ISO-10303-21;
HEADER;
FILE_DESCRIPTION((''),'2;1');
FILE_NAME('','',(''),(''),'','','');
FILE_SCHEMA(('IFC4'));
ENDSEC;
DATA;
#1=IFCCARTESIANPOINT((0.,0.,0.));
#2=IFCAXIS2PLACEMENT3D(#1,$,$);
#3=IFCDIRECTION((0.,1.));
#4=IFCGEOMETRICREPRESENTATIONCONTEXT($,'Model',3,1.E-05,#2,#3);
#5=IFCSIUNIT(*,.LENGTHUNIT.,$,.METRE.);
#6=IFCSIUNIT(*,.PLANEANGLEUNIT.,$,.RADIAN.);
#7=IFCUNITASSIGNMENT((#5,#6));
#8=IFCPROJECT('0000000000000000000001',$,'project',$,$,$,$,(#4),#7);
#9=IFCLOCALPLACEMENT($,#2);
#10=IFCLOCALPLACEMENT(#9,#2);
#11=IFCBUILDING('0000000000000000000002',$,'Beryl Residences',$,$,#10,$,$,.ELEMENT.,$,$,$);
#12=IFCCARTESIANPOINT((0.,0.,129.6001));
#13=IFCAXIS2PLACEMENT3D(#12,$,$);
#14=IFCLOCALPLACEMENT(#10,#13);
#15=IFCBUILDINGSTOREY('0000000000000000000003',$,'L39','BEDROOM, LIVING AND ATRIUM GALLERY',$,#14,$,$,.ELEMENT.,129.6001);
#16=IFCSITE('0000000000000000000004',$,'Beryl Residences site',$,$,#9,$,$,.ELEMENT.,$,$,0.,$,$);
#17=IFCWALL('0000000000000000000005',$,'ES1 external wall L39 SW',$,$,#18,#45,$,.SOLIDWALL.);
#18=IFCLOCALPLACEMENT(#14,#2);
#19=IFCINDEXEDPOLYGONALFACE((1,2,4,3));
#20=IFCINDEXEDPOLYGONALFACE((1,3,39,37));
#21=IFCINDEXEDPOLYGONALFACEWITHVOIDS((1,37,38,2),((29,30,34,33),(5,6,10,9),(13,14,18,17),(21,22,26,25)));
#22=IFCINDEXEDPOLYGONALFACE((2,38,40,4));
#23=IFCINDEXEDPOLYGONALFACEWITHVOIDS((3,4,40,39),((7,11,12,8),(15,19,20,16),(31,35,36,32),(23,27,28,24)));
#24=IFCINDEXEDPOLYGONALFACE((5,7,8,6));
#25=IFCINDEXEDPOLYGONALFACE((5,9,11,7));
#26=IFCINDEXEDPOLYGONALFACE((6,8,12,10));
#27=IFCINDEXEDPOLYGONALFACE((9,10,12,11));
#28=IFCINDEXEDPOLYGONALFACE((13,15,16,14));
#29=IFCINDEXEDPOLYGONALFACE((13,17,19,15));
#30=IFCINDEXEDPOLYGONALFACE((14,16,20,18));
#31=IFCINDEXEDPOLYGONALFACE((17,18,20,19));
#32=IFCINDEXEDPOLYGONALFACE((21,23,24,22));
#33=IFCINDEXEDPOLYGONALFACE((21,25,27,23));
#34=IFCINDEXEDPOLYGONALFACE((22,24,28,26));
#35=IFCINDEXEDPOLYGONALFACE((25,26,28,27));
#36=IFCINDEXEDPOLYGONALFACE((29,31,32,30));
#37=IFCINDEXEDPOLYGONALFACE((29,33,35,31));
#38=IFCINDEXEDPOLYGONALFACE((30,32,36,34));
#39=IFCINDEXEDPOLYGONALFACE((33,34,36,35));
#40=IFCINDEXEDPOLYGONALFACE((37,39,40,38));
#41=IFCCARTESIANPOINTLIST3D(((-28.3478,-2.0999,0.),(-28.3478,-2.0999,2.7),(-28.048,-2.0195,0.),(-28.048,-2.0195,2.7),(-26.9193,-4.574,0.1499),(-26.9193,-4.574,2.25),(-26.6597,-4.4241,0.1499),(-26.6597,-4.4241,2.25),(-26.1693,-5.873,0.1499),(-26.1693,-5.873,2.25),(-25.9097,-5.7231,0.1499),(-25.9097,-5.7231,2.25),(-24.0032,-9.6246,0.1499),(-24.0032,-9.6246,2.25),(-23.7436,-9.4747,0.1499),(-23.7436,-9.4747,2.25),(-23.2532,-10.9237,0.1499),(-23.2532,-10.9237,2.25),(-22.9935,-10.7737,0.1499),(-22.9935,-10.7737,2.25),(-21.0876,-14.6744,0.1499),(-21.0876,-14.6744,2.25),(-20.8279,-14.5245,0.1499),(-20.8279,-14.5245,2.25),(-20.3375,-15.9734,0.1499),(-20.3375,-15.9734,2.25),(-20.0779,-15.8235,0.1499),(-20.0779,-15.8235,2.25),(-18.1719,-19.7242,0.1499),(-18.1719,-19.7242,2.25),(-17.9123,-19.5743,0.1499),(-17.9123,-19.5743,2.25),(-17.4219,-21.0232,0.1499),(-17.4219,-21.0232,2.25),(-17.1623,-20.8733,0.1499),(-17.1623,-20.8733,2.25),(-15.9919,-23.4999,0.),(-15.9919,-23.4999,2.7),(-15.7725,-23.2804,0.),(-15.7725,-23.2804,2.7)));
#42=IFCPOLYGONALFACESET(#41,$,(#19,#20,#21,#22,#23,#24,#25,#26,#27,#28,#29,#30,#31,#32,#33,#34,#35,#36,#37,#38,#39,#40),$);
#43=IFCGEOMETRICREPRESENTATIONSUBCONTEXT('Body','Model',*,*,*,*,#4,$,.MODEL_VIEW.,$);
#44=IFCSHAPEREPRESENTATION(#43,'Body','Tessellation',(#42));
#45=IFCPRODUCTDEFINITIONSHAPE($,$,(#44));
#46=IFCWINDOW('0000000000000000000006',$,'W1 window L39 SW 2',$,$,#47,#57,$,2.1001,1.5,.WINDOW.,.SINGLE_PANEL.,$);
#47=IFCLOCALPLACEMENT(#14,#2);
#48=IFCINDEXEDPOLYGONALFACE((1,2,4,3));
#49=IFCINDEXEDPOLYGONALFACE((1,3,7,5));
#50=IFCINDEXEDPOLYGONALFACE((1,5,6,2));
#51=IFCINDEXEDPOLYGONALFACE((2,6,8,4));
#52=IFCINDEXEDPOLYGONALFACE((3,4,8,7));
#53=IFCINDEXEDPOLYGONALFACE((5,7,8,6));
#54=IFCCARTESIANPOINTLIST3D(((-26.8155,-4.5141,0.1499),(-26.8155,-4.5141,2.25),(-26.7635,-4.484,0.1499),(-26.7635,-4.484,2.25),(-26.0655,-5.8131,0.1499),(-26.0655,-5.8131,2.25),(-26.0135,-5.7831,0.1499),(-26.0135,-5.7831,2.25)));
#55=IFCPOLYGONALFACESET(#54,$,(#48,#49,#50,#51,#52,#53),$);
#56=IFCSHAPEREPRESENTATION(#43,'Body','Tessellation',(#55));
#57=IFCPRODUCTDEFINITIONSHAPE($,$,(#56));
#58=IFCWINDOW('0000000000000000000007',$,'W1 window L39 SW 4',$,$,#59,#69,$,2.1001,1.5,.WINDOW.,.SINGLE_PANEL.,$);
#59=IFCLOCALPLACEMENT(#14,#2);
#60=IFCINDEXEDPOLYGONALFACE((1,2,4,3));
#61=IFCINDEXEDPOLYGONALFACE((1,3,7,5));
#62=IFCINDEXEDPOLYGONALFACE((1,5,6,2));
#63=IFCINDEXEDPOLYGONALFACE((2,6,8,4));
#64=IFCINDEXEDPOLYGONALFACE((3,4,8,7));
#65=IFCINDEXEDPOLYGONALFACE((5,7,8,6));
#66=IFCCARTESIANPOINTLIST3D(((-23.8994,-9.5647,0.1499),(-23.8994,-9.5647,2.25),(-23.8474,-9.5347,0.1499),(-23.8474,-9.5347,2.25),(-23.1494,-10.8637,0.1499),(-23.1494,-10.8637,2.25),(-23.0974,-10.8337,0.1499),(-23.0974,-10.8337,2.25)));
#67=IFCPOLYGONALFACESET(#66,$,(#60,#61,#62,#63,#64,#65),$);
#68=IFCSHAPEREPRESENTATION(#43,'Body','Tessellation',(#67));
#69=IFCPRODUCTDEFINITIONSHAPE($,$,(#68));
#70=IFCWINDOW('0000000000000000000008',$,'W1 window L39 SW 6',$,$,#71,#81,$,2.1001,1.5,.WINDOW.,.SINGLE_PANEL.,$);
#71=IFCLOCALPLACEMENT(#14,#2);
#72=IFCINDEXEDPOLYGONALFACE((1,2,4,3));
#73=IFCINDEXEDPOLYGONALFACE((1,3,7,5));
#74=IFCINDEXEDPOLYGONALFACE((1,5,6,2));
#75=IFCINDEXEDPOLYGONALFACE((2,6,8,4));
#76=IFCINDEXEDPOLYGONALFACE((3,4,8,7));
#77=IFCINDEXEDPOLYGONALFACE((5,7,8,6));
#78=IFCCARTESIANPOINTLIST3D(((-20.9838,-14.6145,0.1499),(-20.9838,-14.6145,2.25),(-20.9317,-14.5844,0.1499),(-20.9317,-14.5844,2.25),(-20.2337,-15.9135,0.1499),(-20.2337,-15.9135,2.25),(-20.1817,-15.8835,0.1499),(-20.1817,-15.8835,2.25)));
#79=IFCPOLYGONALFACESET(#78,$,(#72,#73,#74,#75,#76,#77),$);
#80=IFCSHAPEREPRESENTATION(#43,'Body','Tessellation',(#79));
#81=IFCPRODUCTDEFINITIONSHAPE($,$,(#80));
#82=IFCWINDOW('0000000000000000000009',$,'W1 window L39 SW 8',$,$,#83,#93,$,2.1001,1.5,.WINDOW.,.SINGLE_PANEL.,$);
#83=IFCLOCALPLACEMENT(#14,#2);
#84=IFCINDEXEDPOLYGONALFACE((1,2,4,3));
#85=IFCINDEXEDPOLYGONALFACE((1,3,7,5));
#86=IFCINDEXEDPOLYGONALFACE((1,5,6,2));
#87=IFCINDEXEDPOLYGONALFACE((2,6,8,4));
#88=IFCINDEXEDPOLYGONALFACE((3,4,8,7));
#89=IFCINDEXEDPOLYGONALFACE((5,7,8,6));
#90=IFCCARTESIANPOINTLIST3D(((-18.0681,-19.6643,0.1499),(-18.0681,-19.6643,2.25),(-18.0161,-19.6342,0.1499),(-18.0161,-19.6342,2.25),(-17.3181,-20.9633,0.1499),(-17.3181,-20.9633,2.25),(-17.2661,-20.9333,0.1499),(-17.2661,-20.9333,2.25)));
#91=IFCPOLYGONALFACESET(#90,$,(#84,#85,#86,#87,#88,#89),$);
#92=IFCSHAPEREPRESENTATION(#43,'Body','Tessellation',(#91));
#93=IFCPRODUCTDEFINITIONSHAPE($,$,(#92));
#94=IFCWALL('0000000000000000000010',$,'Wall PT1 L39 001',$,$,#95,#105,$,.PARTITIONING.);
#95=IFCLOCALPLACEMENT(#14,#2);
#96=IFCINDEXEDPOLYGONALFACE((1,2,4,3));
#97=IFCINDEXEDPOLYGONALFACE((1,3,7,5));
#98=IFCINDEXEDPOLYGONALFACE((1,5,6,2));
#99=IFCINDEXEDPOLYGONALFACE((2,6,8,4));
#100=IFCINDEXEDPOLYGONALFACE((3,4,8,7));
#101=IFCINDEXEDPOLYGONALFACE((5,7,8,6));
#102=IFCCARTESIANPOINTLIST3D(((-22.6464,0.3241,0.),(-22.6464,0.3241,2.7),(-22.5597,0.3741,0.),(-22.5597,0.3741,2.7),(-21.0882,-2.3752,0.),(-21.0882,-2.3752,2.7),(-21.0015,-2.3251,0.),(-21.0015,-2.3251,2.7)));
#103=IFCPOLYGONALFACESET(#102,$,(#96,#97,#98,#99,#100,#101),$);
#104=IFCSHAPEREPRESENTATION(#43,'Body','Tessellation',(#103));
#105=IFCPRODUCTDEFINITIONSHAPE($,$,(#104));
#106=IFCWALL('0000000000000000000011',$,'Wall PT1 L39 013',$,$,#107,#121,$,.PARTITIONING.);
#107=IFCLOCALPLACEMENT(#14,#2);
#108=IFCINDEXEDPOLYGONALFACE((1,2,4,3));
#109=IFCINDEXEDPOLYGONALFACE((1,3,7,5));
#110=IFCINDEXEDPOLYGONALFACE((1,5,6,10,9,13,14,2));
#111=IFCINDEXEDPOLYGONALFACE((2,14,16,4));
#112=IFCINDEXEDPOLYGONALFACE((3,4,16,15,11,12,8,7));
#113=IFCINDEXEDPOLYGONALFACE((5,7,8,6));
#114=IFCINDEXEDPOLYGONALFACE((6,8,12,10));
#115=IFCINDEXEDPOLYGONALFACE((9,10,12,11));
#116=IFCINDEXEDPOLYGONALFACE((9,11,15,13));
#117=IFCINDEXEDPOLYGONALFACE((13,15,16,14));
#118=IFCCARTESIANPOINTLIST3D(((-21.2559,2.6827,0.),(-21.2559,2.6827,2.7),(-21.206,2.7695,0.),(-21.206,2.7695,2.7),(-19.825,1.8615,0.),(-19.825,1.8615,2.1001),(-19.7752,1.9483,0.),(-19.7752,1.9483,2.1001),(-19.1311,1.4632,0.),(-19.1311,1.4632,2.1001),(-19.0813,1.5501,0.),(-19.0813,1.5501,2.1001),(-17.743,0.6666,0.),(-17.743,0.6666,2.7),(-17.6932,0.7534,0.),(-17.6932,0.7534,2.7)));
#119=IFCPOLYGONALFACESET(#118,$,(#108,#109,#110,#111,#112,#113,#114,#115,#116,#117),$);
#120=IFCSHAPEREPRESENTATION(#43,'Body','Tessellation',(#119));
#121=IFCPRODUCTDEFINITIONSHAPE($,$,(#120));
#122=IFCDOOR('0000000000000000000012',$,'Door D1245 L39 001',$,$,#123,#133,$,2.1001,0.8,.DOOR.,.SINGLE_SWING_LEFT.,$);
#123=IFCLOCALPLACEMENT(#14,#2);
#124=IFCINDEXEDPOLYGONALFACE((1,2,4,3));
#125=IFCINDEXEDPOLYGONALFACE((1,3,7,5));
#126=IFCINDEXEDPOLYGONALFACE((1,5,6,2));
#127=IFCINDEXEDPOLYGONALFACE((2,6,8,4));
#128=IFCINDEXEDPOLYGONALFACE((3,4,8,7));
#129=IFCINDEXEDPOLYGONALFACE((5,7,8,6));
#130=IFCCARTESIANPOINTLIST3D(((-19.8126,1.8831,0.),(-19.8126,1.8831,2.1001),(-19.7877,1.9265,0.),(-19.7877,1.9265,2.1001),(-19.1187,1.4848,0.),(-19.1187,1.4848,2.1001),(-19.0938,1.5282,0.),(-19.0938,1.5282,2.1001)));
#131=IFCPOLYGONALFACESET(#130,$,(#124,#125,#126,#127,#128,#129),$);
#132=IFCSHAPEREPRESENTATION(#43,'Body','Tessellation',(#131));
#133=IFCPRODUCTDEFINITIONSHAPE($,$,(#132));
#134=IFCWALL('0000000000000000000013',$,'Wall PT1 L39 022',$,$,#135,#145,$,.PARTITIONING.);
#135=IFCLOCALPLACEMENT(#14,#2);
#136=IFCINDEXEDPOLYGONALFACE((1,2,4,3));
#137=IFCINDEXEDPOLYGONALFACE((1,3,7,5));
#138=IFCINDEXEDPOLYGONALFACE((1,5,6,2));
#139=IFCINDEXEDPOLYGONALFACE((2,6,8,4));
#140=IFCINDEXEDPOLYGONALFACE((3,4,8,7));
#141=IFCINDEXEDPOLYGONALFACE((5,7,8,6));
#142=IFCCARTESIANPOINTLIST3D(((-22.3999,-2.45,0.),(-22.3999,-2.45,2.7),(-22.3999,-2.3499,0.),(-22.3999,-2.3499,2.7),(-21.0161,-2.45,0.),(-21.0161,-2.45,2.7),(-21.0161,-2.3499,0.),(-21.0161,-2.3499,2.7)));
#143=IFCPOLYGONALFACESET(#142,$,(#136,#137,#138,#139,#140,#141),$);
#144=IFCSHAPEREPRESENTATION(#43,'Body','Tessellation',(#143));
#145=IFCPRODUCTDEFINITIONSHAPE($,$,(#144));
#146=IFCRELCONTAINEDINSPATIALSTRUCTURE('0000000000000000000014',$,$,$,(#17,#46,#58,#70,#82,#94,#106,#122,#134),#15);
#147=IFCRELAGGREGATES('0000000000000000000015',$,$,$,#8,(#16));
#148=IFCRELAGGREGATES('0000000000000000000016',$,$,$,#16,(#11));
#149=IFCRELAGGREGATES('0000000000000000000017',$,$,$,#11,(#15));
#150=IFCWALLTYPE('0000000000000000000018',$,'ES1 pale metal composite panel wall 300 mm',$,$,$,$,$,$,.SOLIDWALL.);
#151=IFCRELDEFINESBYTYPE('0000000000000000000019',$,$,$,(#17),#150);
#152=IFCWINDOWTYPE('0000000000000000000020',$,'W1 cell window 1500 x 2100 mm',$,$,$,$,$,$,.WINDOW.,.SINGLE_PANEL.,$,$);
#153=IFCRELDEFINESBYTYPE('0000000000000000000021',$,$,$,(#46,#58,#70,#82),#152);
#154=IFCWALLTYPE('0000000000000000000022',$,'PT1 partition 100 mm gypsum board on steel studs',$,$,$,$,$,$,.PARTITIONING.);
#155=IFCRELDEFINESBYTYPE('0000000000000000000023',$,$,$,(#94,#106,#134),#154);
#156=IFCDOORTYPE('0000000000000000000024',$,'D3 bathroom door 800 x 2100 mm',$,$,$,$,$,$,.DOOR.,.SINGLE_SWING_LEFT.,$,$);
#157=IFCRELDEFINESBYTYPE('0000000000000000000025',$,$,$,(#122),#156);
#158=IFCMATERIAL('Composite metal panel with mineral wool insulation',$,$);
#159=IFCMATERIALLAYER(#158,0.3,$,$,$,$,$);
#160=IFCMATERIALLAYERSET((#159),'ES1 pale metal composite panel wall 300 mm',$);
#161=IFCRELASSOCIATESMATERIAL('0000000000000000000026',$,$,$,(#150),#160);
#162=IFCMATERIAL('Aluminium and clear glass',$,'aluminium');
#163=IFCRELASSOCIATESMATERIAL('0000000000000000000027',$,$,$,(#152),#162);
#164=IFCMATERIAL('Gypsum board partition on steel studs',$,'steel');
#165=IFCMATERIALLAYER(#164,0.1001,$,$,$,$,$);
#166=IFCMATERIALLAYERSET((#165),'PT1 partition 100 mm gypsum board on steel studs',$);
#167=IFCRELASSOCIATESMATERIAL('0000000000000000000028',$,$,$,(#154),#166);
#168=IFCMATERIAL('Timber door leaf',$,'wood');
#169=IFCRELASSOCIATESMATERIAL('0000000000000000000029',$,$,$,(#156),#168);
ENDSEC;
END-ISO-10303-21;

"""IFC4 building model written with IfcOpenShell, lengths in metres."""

from ifc_helpers import new_model, si_unit, direction, frame, frame_2d, origin, place, context, subcontext, project, spatial, polyline, rectangle, outline, extrude, material, layer, layer_set, type_object, element, fill, save


model = new_model("IFC4")

# Units and contexts
model_context = context("Model", 3, precision=1e-05, world=origin(), true_north=direction((0.0, 1.0)))
body_context = subcontext(model_context, "Body", "Model", "MODEL_VIEW")
ifc_project = project(units=[si_unit("LENGTHUNIT", "METRE"), si_unit("PLANEANGLEUNIT", "RADIAN")], contexts=[model_context])

# Site, building, storey
site_placement = place(None, origin())
site = spatial("IfcSite", under=ifc_project, at=site_placement, Name="Beryl Residences site", CompositionType="ELEMENT", RefElevation=0.0)
building_placement = place(site_placement, origin())
building = spatial("IfcBuilding", under=site, at=building_placement, Name="Beryl Residences", CompositionType="ELEMENT")
storey_placement = place(building_placement, frame((0.0, 0.0, 129.6001)))
storey = spatial("IfcBuildingStorey", under=building, at=storey_placement, Name="L39", Description="BEDROOM, LIVING AND ATRIUM GALLERY", CompositionType="ELEMENT", Elevation=129.6001)

# Shared definitions
ifc_material_1 = material(Name="Composite metal panel with mineral wool insulation")
ifc_layer_1 = layer(ifc_material_1, 0.3)
ifc_layer_set_1 = layer_set([ifc_layer_1], Name="ES1 pale metal composite panel wall 300 mm")
wall_type_1 = type_object("IfcWallType", Name="ES1 pale metal composite panel wall 300 mm", PredefinedType="SOLIDWALL", material=ifc_layer_set_1)

# Wall, openings, windows
wall_1_placement = place(storey_placement, frame((-28.218, -2.0249, 0.0), z_axis=(0.0, 0.0, 1.0), x_axis=(0.500018, -0.866015, 0.0)))
wall_1 = element("IfcWall", 1, at=wall_1_placement, inside=storey, type_object=wall_type_1, Name="ES1 external wall L39 SW", PredefinedType="SOLIDWALL", context=body_context, shape_type="SweptSolid", body=[
    extrude(outline(polyline([(0.0, -0.1499), (24.7109, -0.1499), (24.6306, 0.1499), (0.0803, 0.1499), (0.0, -0.1499)])), origin(), (0.0, 0.0, 1.0), 2.7),
])
opening_1_placement = place(wall_1_placement, frame((2.8569, 0.0, 0.1499)))
opening_1 = element("IfcOpeningElement", 2, at=opening_1_placement, cuts=wall_1, PredefinedType="OPENING", context=body_context, shape_type="SweptSolid", body=[
    extrude(rectangle(XDim=1.5, YDim=2.1001, at=frame_2d((0.75, 1.05))), frame((0.0, 0.1599, 0.0), z_axis=(0.0, -1.0, 0.0), x_axis=(1.0, 0.0, 0.0)), (0.0, 0.0, 1.0), 0.3201),
])
opening_2_placement = place(wall_1_placement, frame((8.689, 0.0, 0.1499)))
opening_2 = element("IfcOpeningElement", 3, at=opening_2_placement, cuts=wall_1, PredefinedType="OPENING", context=body_context, shape_type="SweptSolid", body=[
    extrude(rectangle(XDim=1.5, YDim=2.1001, at=frame_2d((0.75, 1.05))), frame((0.0, 0.1599, 0.0), z_axis=(0.0, -1.0, 0.0), x_axis=(1.0, 0.0, 0.0)), (0.0, 0.0, 1.0), 0.3201),
])
opening_3_placement = place(wall_1_placement, frame((14.52, 0.0, 0.1499)))
opening_3 = element("IfcOpeningElement", 4, at=opening_3_placement, cuts=wall_1, PredefinedType="OPENING", context=body_context, shape_type="SweptSolid", body=[
    extrude(rectangle(XDim=1.5, YDim=2.1001, at=frame_2d((0.75, 1.05))), frame((0.0, 0.1599, 0.0), z_axis=(0.0, -1.0, 0.0), x_axis=(1.0, 0.0, 0.0)), (0.0, 0.0, 1.0), 0.3201),
])
opening_4_placement = place(wall_1_placement, frame((20.3511, 0.0, 0.1499)))
opening_4 = element("IfcOpeningElement", 5, at=opening_4_placement, cuts=wall_1, PredefinedType="OPENING", context=body_context, shape_type="SweptSolid", body=[
    extrude(rectangle(XDim=1.5, YDim=2.1001, at=frame_2d((0.75, 1.05))), frame((0.0, 0.1599, 0.0), z_axis=(0.0, -1.0, 0.0), x_axis=(1.0, 0.0, 0.0)), (0.0, 0.0, 1.0), 0.3201),
])
ifc_material_2 = material(Name="Aluminium and clear glass", Category="aluminium")
window_type_1 = type_object("IfcWindowType", Name="W1 cell window 1500 x 2100 mm", PartitioningType="SINGLE_PANEL", PredefinedType="WINDOW", material=ifc_material_2)
window_1_placement = place(opening_1_placement, origin())
window_1 = element("IfcWindow", 6, at=window_1_placement, inside=storey, type_object=window_type_1, Name="W1 window L39 SW 2", OverallHeight=2.1001, OverallWidth=1.5, PartitioningType="SINGLE_PANEL", PredefinedType="WINDOW", context=body_context, shape_type="SweptSolid", body=[
    extrude(rectangle(XDim=1.5, YDim=2.1001, at=frame_2d((0.75, 1.05))), frame((0.0, 0.03, 0.0), z_axis=(0.0, -1.0, 0.0), x_axis=(1.0, 0.0, 0.0)), (0.0, 0.0, 1.0), 0.0601),
])
fill(opening_1, window_1)
window_2_placement = place(opening_2_placement, origin())
window_2 = element("IfcWindow", 7, at=window_2_placement, inside=storey, type_object=window_type_1, Name="W1 window L39 SW 4", OverallHeight=2.1001, OverallWidth=1.5, PartitioningType="SINGLE_PANEL", PredefinedType="WINDOW", context=body_context, shape_type="SweptSolid", body=[
    extrude(rectangle(XDim=1.5, YDim=2.1001, at=frame_2d((0.75, 1.05))), frame((0.0, 0.03, 0.0), z_axis=(0.0, -1.0, 0.0), x_axis=(1.0, 0.0, 0.0)), (0.0, 0.0, 1.0), 0.0601),
])
fill(opening_2, window_2)
window_3_placement = place(opening_3_placement, origin())
window_3 = element("IfcWindow", 8, at=window_3_placement, inside=storey, type_object=window_type_1, Name="W1 window L39 SW 6", OverallHeight=2.1001, OverallWidth=1.5, PartitioningType="SINGLE_PANEL", PredefinedType="WINDOW", context=body_context, shape_type="SweptSolid", body=[
    extrude(rectangle(XDim=1.5, YDim=2.1001, at=frame_2d((0.75, 1.05))), frame((0.0, 0.03, 0.0), z_axis=(0.0, -1.0, 0.0), x_axis=(1.0, 0.0, 0.0)), (0.0, 0.0, 1.0), 0.0601),
])
fill(opening_3, window_3)
window_4_placement = place(opening_4_placement, origin())
window_4 = element("IfcWindow", 9, at=window_4_placement, inside=storey, type_object=window_type_1, Name="W1 window L39 SW 8", OverallHeight=2.1001, OverallWidth=1.5, PartitioningType="SINGLE_PANEL", PredefinedType="WINDOW", context=body_context, shape_type="SweptSolid", body=[
    extrude(rectangle(XDim=1.5, YDim=2.1001, at=frame_2d((0.75, 1.05))), frame((0.0, 0.03, 0.0), z_axis=(0.0, -1.0, 0.0), x_axis=(1.0, 0.0, 0.0)), (0.0, 0.0, 1.0), 0.0601),
])
fill(opening_4, window_4)

# Wall
ifc_material_3 = material(Name="Gypsum board partition on steel studs", Category="steel")
ifc_layer_2 = layer(ifc_material_3, 0.1001)
ifc_layer_set_2 = layer_set([ifc_layer_2], Name="PT1 partition 100 mm gypsum board on steel studs")
wall_type_2 = type_object("IfcWallType", Name="PT1 partition 100 mm gypsum board on steel studs", PredefinedType="PARTITIONING", material=ifc_layer_set_2)
wall_2_placement = place(storey_placement, frame((-22.603, 0.3491, 0.0), z_axis=(0.0, 0.0, 1.0), x_axis=(0.49993, -0.866066, 0.0)))
element("IfcWall", 10, at=wall_2_placement, inside=storey, type_object=wall_type_2, Name="Wall PT1 L39 001", PredefinedType="PARTITIONING", context=body_context, shape_type="SweptSolid", body=[
    extrude(rectangle(XDim=3.1167, YDim=0.1001, at=frame_2d((1.5583, 0.0))), origin(), (0.0, 0.0, 1.0), 2.7),
])

# Wall, opening, door
wall_3_placement = place(storey_placement, frame((-21.231, 2.7261, 0.0), z_axis=(0.0, 0.0, 1.0), x_axis=(0.867314, -0.497761, 0.0)))
wall_3 = element("IfcWall", 11, at=wall_3_placement, inside=storey, type_object=wall_type_2, Name="Wall PT1 L39 013", PredefinedType="PARTITIONING", context=body_context, shape_type="SweptSolid", body=[
    extrude(rectangle(XDim=4.0503, YDim=0.1001, at=frame_2d((2.0251, 0.0))), origin(), (0.0, 0.0, 1.0), 2.7),
])
opening_5_placement = place(wall_3_placement, frame((1.6499, 0.0, 0.0)))
opening_5 = element("IfcOpeningElement", 12, at=opening_5_placement, cuts=wall_3, PredefinedType="OPENING", context=body_context, shape_type="SweptSolid", body=[
    extrude(rectangle(XDim=0.8, YDim=2.1001, at=frame_2d((0.3999, 1.05))), frame((0.0, 0.0601, 0.0), z_axis=(0.0, -1.0, 0.0), x_axis=(1.0, 0.0, 0.0)), (0.0, 0.0, 1.0), 0.1201),
])
ifc_material_4 = material(Name="Timber door leaf", Category="wood")
door_type_1 = type_object("IfcDoorType", Name="D3 bathroom door 800 x 2100 mm", OperationType="SINGLE_SWING_LEFT", PredefinedType="DOOR", material=ifc_material_4)
door_1_placement = place(opening_5_placement, origin())
door_1 = element("IfcDoor", 13, at=door_1_placement, inside=storey, type_object=door_type_1, Name="Door D1245 L39 001", OperationType="SINGLE_SWING_LEFT", OverallHeight=2.1001, OverallWidth=0.8, PredefinedType="DOOR", context=body_context, shape_type="SweptSolid", body=[
    extrude(rectangle(XDim=0.8, YDim=2.1001, at=frame_2d((0.3999, 1.05))), frame((0.0, 0.0249, 0.0), z_axis=(0.0, -1.0, 0.0), x_axis=(1.0, 0.0, 0.0)), (0.0, 0.0, 1.0), 0.05),
])
fill(opening_5, door_1)

# Wall
wall_4_placement = place(storey_placement, frame((-22.3999, -2.3999, 0.0), z_axis=(0.0, 0.0, 1.0), x_axis=(1.0, 0.0, 0.0)))
element("IfcWall", 14, at=wall_4_placement, inside=storey, type_object=wall_type_2, Name="Wall PT1 L39 022", PredefinedType="PARTITIONING", context=body_context, shape_type="SweptSolid", body=[
    extrude(rectangle(XDim=1.3838, YDim=0.1001, at=frame_2d((0.6919, 0.0))), origin(), (0.0, 0.0, 1.0), 2.7),
])

save(model, "model.ifc")
